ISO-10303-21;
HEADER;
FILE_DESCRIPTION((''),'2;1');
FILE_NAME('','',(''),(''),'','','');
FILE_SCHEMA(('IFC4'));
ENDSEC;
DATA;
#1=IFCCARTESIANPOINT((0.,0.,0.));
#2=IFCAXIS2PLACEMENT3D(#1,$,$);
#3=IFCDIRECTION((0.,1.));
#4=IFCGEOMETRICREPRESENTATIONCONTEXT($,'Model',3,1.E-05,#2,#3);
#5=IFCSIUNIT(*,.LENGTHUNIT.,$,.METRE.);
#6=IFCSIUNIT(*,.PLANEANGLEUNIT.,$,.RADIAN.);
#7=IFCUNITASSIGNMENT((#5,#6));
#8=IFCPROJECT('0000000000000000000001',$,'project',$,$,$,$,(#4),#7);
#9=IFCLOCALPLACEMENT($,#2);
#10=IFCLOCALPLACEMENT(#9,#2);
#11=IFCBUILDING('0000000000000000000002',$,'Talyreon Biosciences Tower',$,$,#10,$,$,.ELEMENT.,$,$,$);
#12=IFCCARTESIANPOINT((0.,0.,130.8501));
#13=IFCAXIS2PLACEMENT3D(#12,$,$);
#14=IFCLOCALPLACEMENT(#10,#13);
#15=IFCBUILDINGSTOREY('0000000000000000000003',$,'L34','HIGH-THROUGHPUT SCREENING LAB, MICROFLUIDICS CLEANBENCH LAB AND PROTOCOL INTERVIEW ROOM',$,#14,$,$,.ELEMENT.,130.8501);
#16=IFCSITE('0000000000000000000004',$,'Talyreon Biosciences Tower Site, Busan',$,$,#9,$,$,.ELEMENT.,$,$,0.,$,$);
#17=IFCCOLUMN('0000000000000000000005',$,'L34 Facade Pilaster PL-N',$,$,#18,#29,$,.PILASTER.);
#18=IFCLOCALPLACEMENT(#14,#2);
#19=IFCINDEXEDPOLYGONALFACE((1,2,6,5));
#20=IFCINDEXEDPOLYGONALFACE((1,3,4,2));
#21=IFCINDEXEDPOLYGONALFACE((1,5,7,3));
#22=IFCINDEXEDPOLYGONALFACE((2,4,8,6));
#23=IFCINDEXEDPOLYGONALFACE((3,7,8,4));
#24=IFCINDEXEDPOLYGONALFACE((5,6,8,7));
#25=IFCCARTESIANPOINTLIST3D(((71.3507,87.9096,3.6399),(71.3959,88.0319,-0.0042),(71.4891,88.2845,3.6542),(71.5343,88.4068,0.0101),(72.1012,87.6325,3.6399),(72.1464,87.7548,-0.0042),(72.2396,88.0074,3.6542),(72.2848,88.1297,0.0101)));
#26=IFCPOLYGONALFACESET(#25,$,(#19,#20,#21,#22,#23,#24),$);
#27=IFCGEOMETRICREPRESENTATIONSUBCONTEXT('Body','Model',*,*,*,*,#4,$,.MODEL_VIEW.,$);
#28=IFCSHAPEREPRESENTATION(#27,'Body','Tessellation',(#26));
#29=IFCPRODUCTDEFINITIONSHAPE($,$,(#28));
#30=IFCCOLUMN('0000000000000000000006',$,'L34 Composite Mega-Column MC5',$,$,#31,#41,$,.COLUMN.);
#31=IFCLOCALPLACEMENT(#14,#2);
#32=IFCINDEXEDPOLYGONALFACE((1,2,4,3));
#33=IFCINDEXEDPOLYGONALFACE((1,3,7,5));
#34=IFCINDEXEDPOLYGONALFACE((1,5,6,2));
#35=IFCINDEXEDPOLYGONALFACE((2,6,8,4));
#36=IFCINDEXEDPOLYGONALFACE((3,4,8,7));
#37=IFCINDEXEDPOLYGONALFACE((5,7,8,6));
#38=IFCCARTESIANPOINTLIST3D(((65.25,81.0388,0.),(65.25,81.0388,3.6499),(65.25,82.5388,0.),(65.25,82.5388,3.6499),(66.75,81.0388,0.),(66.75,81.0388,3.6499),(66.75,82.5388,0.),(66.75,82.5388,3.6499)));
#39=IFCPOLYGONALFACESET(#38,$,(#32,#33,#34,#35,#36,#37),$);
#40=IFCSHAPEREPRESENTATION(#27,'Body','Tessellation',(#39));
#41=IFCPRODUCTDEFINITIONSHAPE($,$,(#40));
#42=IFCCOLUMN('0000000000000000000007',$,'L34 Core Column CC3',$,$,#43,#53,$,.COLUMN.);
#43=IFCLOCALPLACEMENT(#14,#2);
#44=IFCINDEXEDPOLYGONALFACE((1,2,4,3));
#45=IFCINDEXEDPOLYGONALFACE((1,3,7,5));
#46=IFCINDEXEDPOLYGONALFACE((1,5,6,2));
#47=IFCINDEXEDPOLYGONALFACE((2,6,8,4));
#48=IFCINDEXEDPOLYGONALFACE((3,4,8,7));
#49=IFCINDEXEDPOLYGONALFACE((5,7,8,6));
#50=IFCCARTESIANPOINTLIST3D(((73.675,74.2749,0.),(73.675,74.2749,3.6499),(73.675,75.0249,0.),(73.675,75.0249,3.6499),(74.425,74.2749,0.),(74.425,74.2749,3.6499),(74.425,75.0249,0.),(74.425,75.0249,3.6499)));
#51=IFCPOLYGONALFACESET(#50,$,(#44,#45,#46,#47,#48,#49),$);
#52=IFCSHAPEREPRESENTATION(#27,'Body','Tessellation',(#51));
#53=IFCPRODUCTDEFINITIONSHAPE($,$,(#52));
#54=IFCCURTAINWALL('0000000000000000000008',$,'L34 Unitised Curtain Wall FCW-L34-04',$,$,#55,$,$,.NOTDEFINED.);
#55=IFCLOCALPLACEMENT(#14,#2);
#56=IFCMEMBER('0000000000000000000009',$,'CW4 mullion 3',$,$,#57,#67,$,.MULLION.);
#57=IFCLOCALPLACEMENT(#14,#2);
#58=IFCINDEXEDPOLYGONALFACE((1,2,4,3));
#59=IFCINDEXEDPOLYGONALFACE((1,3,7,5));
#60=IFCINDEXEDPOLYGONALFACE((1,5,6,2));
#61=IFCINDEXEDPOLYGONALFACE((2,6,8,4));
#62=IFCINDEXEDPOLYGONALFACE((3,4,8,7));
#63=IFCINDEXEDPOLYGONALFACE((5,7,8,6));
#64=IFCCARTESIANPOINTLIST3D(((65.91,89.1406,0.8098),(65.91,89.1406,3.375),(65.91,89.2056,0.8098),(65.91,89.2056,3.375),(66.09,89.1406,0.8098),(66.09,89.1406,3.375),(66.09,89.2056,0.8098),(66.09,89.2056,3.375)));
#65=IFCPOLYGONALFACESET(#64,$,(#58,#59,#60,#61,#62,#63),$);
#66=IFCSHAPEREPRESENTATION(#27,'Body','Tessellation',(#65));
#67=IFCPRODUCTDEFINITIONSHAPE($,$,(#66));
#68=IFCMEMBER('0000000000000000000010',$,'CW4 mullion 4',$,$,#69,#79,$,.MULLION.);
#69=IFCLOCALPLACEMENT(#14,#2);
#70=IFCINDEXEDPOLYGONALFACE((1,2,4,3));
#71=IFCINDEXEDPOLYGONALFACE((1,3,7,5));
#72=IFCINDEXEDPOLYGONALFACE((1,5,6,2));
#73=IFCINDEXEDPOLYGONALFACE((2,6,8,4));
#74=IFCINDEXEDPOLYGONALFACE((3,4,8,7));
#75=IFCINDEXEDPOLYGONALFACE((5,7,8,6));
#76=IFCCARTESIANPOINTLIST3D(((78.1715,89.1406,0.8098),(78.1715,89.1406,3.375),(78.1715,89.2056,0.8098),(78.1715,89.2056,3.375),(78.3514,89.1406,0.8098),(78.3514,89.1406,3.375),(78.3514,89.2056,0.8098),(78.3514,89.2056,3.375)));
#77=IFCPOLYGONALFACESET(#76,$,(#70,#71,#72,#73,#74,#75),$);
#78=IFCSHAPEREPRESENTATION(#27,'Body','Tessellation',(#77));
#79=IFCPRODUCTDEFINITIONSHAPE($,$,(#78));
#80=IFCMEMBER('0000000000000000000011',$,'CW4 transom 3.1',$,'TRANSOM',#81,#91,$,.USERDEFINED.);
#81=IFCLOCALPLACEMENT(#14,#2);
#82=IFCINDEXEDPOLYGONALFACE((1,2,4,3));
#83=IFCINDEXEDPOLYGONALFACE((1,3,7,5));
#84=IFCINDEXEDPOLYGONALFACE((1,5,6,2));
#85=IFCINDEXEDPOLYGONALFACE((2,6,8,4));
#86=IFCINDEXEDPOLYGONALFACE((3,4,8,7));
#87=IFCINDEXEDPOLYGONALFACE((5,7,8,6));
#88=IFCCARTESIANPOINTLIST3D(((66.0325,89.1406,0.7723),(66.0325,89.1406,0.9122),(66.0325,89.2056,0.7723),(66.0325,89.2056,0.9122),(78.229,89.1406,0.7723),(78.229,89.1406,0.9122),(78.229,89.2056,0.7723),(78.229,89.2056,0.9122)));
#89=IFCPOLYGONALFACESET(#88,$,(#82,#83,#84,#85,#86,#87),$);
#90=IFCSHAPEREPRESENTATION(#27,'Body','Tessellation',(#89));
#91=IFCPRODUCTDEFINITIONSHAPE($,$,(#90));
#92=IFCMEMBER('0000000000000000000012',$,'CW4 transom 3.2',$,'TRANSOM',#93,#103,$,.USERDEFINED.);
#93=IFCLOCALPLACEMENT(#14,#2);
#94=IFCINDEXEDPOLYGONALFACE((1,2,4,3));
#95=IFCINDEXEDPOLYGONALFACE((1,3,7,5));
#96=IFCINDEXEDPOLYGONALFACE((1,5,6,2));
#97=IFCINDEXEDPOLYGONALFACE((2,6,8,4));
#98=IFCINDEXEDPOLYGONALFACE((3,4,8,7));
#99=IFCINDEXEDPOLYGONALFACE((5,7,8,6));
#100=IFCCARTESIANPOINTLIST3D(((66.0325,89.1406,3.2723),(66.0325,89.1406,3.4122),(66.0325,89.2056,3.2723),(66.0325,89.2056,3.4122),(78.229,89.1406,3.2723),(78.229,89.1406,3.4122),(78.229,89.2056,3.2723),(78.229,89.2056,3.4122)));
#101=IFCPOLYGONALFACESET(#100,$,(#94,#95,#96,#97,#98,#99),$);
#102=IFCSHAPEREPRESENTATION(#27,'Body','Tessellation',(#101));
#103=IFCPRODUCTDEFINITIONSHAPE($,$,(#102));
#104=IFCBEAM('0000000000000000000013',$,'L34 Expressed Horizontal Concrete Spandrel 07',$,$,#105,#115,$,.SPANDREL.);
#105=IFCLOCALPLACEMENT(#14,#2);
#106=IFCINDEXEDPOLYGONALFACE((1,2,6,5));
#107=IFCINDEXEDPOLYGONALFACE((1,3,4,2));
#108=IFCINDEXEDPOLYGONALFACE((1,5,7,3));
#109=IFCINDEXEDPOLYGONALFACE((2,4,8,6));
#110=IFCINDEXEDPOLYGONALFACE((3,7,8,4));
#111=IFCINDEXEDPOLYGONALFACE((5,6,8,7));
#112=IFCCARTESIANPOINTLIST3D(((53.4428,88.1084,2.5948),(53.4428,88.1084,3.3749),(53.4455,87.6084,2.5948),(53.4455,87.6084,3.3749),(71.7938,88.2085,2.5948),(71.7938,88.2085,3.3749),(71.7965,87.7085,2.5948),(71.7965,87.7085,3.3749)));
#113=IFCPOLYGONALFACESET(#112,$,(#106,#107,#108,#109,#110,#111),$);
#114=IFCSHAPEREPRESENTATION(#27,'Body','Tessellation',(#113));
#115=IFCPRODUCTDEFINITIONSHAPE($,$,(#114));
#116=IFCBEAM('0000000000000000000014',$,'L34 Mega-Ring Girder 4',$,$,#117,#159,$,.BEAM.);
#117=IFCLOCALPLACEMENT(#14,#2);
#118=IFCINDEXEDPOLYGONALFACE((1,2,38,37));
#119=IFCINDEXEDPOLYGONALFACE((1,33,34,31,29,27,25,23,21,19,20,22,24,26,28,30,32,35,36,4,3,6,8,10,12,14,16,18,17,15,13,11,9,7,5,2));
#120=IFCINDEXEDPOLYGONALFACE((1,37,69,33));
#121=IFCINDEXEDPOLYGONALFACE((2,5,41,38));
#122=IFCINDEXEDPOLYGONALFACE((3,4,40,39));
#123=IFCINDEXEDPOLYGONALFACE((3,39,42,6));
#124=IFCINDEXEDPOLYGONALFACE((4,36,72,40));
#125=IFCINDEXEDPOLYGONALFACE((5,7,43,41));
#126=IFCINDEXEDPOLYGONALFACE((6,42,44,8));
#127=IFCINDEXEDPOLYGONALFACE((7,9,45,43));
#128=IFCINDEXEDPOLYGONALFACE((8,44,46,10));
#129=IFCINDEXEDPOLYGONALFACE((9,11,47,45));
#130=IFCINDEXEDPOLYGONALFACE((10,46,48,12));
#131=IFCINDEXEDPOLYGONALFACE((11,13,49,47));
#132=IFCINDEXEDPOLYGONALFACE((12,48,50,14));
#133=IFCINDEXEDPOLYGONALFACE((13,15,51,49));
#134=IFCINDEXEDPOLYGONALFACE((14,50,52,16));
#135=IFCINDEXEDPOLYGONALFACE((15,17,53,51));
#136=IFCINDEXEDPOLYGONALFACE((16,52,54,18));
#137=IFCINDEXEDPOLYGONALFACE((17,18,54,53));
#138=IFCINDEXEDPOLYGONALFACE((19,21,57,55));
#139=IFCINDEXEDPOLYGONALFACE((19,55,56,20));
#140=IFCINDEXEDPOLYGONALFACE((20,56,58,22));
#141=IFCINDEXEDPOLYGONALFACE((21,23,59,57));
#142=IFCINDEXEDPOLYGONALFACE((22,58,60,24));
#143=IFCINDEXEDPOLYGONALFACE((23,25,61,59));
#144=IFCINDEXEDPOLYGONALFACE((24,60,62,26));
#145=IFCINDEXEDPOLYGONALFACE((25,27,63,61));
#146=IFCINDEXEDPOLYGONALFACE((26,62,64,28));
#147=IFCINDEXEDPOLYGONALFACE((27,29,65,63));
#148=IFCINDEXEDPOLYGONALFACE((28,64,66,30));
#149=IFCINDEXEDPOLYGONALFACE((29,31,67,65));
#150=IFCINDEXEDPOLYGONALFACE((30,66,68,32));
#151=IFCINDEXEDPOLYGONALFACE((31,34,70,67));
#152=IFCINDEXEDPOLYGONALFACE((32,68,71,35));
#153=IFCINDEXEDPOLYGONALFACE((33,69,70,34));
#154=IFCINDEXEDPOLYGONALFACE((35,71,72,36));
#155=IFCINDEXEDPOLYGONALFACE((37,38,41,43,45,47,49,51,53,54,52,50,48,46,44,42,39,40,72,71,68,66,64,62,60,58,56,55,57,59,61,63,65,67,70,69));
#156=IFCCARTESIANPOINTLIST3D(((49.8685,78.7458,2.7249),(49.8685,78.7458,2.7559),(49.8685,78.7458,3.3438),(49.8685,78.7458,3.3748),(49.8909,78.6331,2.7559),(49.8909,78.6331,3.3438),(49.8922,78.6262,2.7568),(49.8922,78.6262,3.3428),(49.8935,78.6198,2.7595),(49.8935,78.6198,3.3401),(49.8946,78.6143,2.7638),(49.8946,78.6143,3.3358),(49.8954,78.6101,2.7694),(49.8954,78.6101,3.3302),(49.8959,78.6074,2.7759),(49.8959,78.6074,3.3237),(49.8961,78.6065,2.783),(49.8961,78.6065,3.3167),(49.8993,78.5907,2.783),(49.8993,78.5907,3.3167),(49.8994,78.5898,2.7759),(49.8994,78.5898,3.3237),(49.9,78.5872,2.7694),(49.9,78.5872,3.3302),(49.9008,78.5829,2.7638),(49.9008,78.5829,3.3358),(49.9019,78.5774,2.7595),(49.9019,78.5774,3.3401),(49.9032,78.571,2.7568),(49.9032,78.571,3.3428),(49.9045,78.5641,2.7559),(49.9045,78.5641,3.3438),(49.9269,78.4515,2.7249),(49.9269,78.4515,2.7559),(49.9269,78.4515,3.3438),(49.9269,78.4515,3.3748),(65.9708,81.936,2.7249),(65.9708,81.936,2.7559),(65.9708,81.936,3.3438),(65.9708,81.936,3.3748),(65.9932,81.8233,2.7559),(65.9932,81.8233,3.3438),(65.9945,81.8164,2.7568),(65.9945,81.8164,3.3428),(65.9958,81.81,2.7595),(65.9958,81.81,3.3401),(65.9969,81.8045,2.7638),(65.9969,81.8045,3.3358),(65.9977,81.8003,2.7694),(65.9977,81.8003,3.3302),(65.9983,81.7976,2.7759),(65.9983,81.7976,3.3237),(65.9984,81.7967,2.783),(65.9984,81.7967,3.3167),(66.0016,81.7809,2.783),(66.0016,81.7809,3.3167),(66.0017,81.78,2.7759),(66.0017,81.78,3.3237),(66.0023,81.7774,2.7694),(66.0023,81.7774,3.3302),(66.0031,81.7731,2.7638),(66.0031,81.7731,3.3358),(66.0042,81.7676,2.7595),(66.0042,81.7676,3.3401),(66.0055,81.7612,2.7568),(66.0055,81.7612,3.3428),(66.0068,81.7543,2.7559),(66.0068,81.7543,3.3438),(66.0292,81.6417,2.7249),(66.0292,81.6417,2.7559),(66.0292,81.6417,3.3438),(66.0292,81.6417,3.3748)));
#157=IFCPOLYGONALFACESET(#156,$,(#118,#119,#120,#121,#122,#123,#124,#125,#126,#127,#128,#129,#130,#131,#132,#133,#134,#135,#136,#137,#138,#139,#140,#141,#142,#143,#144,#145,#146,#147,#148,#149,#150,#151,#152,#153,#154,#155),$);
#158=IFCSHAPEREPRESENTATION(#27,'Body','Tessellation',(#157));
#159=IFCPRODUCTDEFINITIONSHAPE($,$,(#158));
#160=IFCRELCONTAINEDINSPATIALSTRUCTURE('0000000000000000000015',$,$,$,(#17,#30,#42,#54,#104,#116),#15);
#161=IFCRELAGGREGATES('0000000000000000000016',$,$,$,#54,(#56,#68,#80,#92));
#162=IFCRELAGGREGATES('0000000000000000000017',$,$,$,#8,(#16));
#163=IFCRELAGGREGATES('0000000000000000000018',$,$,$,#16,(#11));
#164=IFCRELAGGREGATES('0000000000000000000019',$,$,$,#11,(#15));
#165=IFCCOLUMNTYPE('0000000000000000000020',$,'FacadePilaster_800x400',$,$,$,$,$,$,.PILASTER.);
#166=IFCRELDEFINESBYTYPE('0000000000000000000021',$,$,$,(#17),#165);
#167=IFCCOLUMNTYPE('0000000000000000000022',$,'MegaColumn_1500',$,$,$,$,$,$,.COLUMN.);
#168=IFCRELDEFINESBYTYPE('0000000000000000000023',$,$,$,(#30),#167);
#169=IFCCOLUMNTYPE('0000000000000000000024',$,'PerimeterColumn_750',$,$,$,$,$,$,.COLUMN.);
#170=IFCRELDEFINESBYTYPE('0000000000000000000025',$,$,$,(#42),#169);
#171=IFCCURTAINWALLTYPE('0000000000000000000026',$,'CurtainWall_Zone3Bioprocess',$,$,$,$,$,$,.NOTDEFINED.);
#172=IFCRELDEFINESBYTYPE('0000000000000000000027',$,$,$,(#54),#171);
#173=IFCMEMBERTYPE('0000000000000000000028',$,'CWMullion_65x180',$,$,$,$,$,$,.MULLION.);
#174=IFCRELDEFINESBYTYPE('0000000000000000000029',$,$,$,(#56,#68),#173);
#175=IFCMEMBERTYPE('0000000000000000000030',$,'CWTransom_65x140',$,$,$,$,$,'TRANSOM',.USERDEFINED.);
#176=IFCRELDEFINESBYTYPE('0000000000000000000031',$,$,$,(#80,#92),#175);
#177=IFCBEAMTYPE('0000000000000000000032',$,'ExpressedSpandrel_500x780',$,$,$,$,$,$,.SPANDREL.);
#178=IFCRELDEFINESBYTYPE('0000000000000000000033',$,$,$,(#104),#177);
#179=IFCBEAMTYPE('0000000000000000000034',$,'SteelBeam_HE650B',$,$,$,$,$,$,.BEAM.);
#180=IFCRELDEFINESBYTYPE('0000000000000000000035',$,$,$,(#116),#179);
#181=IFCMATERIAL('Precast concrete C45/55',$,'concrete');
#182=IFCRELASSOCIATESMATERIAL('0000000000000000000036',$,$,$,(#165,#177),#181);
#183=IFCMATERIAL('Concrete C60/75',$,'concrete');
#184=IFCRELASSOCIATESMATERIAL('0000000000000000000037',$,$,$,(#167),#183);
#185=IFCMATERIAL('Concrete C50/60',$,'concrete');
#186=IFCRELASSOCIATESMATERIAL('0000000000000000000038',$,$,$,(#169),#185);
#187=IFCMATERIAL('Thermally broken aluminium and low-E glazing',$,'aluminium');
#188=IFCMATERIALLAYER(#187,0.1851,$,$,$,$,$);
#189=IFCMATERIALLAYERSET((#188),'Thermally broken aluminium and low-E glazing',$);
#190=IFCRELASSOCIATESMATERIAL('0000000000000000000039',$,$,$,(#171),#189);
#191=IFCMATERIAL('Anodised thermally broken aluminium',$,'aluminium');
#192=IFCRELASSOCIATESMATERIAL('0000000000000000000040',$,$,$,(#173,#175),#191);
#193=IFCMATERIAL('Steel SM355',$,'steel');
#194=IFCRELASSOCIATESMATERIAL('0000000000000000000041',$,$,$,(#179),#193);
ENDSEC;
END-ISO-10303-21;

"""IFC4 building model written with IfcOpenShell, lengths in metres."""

from ifc_helpers import new_model, si_unit, direction, frame, origin, origin_2d, place, context, subcontext, project, spatial, rectangle, i_section, extrude, material, layer, layer_set, material_profile, profile_set, type_object, element, aggregate, save


model = new_model("IFC4")

# Units and contexts
model_context = context("Model", 3, precision=1e-05, world=origin(), true_north=direction((0.0, 1.0)))
body_context = subcontext(model_context, "Body", "Model", "MODEL_VIEW")
ifc_project = project(units=[si_unit("LENGTHUNIT", "METRE"), si_unit("PLANEANGLEUNIT", "RADIAN")], contexts=[model_context])

# Site, building, storey
site_placement = place(None, origin())
site = spatial("IfcSite", under=ifc_project, at=site_placement, Name="Talyreon Biosciences Tower Site, Busan", CompositionType="ELEMENT", RefElevation=0.0)
building_placement = place(site_placement, origin())
building = spatial("IfcBuilding", under=site, at=building_placement, Name="Talyreon Biosciences Tower", CompositionType="ELEMENT")
storey_placement = place(building_placement, frame((0.0, 0.0, 130.8501)))
storey = spatial("IfcBuildingStorey", under=building, at=storey_placement, Name="L34", Description="HIGH-THROUGHPUT SCREENING LAB, MICROFLUIDICS CLEANBENCH LAB AND PROTOCOL INTERVIEW ROOM", CompositionType="ELEMENT", Elevation=130.8501)

# Columns
ifc_material_1 = material(Name="Precast concrete C45/55", Category="concrete")
ifc_material_profile_1 = material_profile(ifc_material_1, rectangle(XDim=0.8, YDim=0.3999, at=origin_2d()), Name="RC 800x400")
ifc_profile_set_1 = profile_set([ifc_material_profile_1], Name="Precast concrete C45/55")
column_type_1 = type_object("IfcColumnType", Name="FacadePilaster_800x400", PredefinedType="PILASTER", material=ifc_profile_set_1)
column_1_placement = place(storey_placement, frame((71.8403, 88.0808, 0.0029), z_axis=(-0.012387, -0.033544, 0.99936), x_axis=(-0.938087, 0.346399, 0.0)))
element("IfcColumn", 1, at=column_1_placement, inside=storey, type_object=column_type_1, Name="L34 Facade Pilaster PL-N", PredefinedType="PILASTER", context=body_context, shape_type="SweptSolid", body=[
    extrude(rectangle(XDim=0.8, YDim=0.3999, at=origin_2d()), origin(), (0.0, 0.0, 1.0), 3.6465),
])
ifc_material_2 = material(Name="Concrete C60/75", Category="concrete")
ifc_material_profile_2 = material_profile(ifc_material_2, rectangle(XDim=1.5, YDim=1.5, at=origin_2d()), Name="RC 1500x1500")
ifc_profile_set_2 = profile_set([ifc_material_profile_2], Name="Concrete C60/75")
column_type_2 = type_object("IfcColumnType", Name="MegaColumn_1500", PredefinedType="COLUMN", material=ifc_profile_set_2)
column_2_placement = place(storey_placement, frame((66.0, 81.7888, 0.0), z_axis=(0.0, 0.0, 1.0), x_axis=(1.0, 0.0, 0.0)))
element("IfcColumn", 2, at=column_2_placement, inside=storey, type_object=column_type_2, Name="L34 Composite Mega-Column MC5", PredefinedType="COLUMN", context=body_context, shape_type="SweptSolid", body=[
    extrude(rectangle(XDim=1.5, YDim=1.5, at=origin_2d()), origin(), (0.0, 0.0, 1.0), 3.6499),
])
ifc_material_3 = material(Name="Concrete C50/60", Category="concrete")
ifc_material_profile_3 = material_profile(ifc_material_3, rectangle(XDim=0.75, YDim=0.75, at=origin_2d()), Name="RC 750x750")
ifc_profile_set_3 = profile_set([ifc_material_profile_3], Name="Concrete C50/60")
column_type_3 = type_object("IfcColumnType", Name="PerimeterColumn_750", PredefinedType="COLUMN", material=ifc_profile_set_3)
column_3_placement = place(storey_placement, frame((74.05, 74.6499, 0.0), z_axis=(0.0, 0.0, 1.0), x_axis=(1.0, 0.0, 0.0)))
element("IfcColumn", 3, at=column_3_placement, inside=storey, type_object=column_type_3, Name="L34 Core Column CC3", PredefinedType="COLUMN", context=body_context, shape_type="SweptSolid", body=[
    extrude(rectangle(XDim=0.75, YDim=0.75, at=origin_2d()), origin(), (0.0, 0.0, 1.0), 3.6499),
])

# Curtain wall, members
ifc_material_4 = material(Name="Thermally broken aluminium and low-E glazing", Category="aluminium")
ifc_layer_1 = layer(ifc_material_4, 0.1851)
ifc_layer_set_1 = layer_set([ifc_layer_1], Name="Thermally broken aluminium and low-E glazing")
curtain_wall_type = type_object("IfcCurtainWallType", Name="CurtainWall_Zone3Bioprocess", PredefinedType="NOTDEFINED", material=ifc_layer_set_1)
curtain_wall_placement = place(storey_placement, origin())
curtain_wall = element("IfcCurtainWall", 4, at=curtain_wall_placement, inside=storey, type_object=curtain_wall_type, Name="L34 Unitised Curtain Wall FCW-L34-04", PredefinedType="NOTDEFINED")
ifc_material_5 = material(Name="Anodised thermally broken aluminium", Category="aluminium")
ifc_material_profile_4 = material_profile(ifc_material_5, rectangle(XDim=0.0649, YDim=0.1799, at=origin_2d()), Name="ALUM MULLION 65x180")
ifc_profile_set_4 = profile_set([ifc_material_profile_4], Name="Anodised thermally broken aluminium")
member_type_1 = type_object("IfcMemberType", Name="CWMullion_65x180", PredefinedType="MULLION", material=ifc_profile_set_4)
member_1_placement = place(storey_placement, frame((66.0, 89.1731, 0.8098), z_axis=(0.0, 0.0, 1.0), x_axis=(0.0, 1.0, 0.0)))
member_1 = element("IfcMember", 5, at=member_1_placement, type_object=member_type_1, Name="CW4 mullion 3", PredefinedType="MULLION", context=body_context, shape_type="SweptSolid", body=[
    extrude(rectangle(XDim=0.0649, YDim=0.1799, at=origin_2d()), origin(), (0.0, 0.0, 1.0), 2.5652),
])
member_2_placement = place(storey_placement, frame((78.2615, 89.1731, 0.8098), z_axis=(0.0, 0.0, 1.0), x_axis=(0.0, 1.0, 0.0)))
member_2 = element("IfcMember", 6, at=member_2_placement, type_object=member_type_1, Name="CW4 mullion 4", PredefinedType="MULLION", context=body_context, shape_type="SweptSolid", body=[
    extrude(rectangle(XDim=0.0649, YDim=0.1799, at=origin_2d()), origin(), (0.0, 0.0, 1.0), 2.5652),
])
ifc_material_profile_5 = material_profile(ifc_material_5, rectangle(XDim=0.0649, YDim=0.1399, at=origin_2d()), Name="ALUM TRANSOM 65x140")
ifc_profile_set_5 = profile_set([ifc_material_profile_5], Name="Anodised thermally broken aluminium")
member_type_2 = type_object("IfcMemberType", Name="CWTransom_65x140", ElementType="TRANSOM", PredefinedType="USERDEFINED", material=ifc_profile_set_5)
member_3_placement = place(storey_placement, frame((66.0325, 89.1731, 0.8423), z_axis=(1.0, 0.0, 0.0), x_axis=(0.0, 1.0, 0.0)))
member_3 = element("IfcMember", 7, at=member_3_placement, type_object=member_type_2, Name="CW4 transom 3.1", ObjectType="TRANSOM", PredefinedType="USERDEFINED", context=body_context, shape_type="SweptSolid", body=[
    extrude(rectangle(XDim=0.0649, YDim=0.1399, at=origin_2d()), origin(), (0.0, 0.0, 1.0), 12.1965),
])
member_4_placement = place(storey_placement, frame((66.0325, 89.1731, 3.3423), z_axis=(1.0, 0.0, 0.0), x_axis=(0.0, 1.0, 0.0)))
member_4 = element("IfcMember", 8, at=member_4_placement, type_object=member_type_2, Name="CW4 transom 3.2", ObjectType="TRANSOM", PredefinedType="USERDEFINED", context=body_context, shape_type="SweptSolid", body=[
    extrude(rectangle(XDim=0.0649, YDim=0.1399, at=origin_2d()), origin(), (0.0, 0.0, 1.0), 12.1965),
])

# Beams
ifc_material_profile_6 = material_profile(ifc_material_1, rectangle(XDim=0.5, YDim=0.78, at=origin_2d()), Name="RCB 500x780")
ifc_profile_set_6 = profile_set([ifc_material_profile_6], Name="Precast concrete C45/55")
beam_type_1 = type_object("IfcBeamType", Name="ExpressedSpandrel_500x780", PredefinedType="SPANDREL", material=ifc_profile_set_6)
beam_1_placement = place(storey_placement, frame((71.7952, 87.9585, 2.9849), z_axis=(-0.999985, -0.005455, 0.0), x_axis=(0.005455, -0.999985, 0.0)))
element("IfcBeam", 9, at=beam_1_placement, inside=storey, type_object=beam_type_1, Name="L34 Expressed Horizontal Concrete Spandrel 07", PredefinedType="SPANDREL", context=body_context, shape_type="SweptSolid", body=[
    extrude(rectangle(XDim=0.5, YDim=0.78, at=origin_2d()), origin(), (0.0, 0.0, 1.0), 18.3513),
])
ifc_material_6 = material(Name="Steel SM355", Category="steel")
ifc_material_profile_7 = material_profile(ifc_material_6, i_section(OverallWidth=0.3, OverallDepth=0.6499, WebThickness=0.0161, FlangeThickness=0.031, FilletRadius=0.0271, at=origin_2d()), Name="HE650B")
ifc_profile_set_7 = profile_set([ifc_material_profile_7], Name="Steel SM355")
beam_type_2 = type_object("IfcBeamType", Name="SteelBeam_HE650B", PredefinedType="BEAM", material=ifc_profile_set_7)
beam_2_placement = place(storey_placement, frame((66.0, 81.7888, 3.0498), z_axis=(-0.980934, -0.194343, 0.0), x_axis=(0.194343, -0.980934, 0.0)))
element("IfcBeam", 10, at=beam_2_placement, inside=storey, type_object=beam_type_2, Name="L34 Mega-Ring Girder 4", PredefinedType="BEAM", context=body_context, shape_type="SweptSolid", body=[
    extrude(i_section(OverallWidth=0.3, OverallDepth=0.6499, WebThickness=0.0161, FlangeThickness=0.031, FilletRadius=0.0271, at=origin_2d()), origin(), (0.0, 0.0, 1.0), 16.4153),
])

aggregate(curtain_wall, [member_1, member_2, member_3, member_4])

save(model, "model.ifc")
